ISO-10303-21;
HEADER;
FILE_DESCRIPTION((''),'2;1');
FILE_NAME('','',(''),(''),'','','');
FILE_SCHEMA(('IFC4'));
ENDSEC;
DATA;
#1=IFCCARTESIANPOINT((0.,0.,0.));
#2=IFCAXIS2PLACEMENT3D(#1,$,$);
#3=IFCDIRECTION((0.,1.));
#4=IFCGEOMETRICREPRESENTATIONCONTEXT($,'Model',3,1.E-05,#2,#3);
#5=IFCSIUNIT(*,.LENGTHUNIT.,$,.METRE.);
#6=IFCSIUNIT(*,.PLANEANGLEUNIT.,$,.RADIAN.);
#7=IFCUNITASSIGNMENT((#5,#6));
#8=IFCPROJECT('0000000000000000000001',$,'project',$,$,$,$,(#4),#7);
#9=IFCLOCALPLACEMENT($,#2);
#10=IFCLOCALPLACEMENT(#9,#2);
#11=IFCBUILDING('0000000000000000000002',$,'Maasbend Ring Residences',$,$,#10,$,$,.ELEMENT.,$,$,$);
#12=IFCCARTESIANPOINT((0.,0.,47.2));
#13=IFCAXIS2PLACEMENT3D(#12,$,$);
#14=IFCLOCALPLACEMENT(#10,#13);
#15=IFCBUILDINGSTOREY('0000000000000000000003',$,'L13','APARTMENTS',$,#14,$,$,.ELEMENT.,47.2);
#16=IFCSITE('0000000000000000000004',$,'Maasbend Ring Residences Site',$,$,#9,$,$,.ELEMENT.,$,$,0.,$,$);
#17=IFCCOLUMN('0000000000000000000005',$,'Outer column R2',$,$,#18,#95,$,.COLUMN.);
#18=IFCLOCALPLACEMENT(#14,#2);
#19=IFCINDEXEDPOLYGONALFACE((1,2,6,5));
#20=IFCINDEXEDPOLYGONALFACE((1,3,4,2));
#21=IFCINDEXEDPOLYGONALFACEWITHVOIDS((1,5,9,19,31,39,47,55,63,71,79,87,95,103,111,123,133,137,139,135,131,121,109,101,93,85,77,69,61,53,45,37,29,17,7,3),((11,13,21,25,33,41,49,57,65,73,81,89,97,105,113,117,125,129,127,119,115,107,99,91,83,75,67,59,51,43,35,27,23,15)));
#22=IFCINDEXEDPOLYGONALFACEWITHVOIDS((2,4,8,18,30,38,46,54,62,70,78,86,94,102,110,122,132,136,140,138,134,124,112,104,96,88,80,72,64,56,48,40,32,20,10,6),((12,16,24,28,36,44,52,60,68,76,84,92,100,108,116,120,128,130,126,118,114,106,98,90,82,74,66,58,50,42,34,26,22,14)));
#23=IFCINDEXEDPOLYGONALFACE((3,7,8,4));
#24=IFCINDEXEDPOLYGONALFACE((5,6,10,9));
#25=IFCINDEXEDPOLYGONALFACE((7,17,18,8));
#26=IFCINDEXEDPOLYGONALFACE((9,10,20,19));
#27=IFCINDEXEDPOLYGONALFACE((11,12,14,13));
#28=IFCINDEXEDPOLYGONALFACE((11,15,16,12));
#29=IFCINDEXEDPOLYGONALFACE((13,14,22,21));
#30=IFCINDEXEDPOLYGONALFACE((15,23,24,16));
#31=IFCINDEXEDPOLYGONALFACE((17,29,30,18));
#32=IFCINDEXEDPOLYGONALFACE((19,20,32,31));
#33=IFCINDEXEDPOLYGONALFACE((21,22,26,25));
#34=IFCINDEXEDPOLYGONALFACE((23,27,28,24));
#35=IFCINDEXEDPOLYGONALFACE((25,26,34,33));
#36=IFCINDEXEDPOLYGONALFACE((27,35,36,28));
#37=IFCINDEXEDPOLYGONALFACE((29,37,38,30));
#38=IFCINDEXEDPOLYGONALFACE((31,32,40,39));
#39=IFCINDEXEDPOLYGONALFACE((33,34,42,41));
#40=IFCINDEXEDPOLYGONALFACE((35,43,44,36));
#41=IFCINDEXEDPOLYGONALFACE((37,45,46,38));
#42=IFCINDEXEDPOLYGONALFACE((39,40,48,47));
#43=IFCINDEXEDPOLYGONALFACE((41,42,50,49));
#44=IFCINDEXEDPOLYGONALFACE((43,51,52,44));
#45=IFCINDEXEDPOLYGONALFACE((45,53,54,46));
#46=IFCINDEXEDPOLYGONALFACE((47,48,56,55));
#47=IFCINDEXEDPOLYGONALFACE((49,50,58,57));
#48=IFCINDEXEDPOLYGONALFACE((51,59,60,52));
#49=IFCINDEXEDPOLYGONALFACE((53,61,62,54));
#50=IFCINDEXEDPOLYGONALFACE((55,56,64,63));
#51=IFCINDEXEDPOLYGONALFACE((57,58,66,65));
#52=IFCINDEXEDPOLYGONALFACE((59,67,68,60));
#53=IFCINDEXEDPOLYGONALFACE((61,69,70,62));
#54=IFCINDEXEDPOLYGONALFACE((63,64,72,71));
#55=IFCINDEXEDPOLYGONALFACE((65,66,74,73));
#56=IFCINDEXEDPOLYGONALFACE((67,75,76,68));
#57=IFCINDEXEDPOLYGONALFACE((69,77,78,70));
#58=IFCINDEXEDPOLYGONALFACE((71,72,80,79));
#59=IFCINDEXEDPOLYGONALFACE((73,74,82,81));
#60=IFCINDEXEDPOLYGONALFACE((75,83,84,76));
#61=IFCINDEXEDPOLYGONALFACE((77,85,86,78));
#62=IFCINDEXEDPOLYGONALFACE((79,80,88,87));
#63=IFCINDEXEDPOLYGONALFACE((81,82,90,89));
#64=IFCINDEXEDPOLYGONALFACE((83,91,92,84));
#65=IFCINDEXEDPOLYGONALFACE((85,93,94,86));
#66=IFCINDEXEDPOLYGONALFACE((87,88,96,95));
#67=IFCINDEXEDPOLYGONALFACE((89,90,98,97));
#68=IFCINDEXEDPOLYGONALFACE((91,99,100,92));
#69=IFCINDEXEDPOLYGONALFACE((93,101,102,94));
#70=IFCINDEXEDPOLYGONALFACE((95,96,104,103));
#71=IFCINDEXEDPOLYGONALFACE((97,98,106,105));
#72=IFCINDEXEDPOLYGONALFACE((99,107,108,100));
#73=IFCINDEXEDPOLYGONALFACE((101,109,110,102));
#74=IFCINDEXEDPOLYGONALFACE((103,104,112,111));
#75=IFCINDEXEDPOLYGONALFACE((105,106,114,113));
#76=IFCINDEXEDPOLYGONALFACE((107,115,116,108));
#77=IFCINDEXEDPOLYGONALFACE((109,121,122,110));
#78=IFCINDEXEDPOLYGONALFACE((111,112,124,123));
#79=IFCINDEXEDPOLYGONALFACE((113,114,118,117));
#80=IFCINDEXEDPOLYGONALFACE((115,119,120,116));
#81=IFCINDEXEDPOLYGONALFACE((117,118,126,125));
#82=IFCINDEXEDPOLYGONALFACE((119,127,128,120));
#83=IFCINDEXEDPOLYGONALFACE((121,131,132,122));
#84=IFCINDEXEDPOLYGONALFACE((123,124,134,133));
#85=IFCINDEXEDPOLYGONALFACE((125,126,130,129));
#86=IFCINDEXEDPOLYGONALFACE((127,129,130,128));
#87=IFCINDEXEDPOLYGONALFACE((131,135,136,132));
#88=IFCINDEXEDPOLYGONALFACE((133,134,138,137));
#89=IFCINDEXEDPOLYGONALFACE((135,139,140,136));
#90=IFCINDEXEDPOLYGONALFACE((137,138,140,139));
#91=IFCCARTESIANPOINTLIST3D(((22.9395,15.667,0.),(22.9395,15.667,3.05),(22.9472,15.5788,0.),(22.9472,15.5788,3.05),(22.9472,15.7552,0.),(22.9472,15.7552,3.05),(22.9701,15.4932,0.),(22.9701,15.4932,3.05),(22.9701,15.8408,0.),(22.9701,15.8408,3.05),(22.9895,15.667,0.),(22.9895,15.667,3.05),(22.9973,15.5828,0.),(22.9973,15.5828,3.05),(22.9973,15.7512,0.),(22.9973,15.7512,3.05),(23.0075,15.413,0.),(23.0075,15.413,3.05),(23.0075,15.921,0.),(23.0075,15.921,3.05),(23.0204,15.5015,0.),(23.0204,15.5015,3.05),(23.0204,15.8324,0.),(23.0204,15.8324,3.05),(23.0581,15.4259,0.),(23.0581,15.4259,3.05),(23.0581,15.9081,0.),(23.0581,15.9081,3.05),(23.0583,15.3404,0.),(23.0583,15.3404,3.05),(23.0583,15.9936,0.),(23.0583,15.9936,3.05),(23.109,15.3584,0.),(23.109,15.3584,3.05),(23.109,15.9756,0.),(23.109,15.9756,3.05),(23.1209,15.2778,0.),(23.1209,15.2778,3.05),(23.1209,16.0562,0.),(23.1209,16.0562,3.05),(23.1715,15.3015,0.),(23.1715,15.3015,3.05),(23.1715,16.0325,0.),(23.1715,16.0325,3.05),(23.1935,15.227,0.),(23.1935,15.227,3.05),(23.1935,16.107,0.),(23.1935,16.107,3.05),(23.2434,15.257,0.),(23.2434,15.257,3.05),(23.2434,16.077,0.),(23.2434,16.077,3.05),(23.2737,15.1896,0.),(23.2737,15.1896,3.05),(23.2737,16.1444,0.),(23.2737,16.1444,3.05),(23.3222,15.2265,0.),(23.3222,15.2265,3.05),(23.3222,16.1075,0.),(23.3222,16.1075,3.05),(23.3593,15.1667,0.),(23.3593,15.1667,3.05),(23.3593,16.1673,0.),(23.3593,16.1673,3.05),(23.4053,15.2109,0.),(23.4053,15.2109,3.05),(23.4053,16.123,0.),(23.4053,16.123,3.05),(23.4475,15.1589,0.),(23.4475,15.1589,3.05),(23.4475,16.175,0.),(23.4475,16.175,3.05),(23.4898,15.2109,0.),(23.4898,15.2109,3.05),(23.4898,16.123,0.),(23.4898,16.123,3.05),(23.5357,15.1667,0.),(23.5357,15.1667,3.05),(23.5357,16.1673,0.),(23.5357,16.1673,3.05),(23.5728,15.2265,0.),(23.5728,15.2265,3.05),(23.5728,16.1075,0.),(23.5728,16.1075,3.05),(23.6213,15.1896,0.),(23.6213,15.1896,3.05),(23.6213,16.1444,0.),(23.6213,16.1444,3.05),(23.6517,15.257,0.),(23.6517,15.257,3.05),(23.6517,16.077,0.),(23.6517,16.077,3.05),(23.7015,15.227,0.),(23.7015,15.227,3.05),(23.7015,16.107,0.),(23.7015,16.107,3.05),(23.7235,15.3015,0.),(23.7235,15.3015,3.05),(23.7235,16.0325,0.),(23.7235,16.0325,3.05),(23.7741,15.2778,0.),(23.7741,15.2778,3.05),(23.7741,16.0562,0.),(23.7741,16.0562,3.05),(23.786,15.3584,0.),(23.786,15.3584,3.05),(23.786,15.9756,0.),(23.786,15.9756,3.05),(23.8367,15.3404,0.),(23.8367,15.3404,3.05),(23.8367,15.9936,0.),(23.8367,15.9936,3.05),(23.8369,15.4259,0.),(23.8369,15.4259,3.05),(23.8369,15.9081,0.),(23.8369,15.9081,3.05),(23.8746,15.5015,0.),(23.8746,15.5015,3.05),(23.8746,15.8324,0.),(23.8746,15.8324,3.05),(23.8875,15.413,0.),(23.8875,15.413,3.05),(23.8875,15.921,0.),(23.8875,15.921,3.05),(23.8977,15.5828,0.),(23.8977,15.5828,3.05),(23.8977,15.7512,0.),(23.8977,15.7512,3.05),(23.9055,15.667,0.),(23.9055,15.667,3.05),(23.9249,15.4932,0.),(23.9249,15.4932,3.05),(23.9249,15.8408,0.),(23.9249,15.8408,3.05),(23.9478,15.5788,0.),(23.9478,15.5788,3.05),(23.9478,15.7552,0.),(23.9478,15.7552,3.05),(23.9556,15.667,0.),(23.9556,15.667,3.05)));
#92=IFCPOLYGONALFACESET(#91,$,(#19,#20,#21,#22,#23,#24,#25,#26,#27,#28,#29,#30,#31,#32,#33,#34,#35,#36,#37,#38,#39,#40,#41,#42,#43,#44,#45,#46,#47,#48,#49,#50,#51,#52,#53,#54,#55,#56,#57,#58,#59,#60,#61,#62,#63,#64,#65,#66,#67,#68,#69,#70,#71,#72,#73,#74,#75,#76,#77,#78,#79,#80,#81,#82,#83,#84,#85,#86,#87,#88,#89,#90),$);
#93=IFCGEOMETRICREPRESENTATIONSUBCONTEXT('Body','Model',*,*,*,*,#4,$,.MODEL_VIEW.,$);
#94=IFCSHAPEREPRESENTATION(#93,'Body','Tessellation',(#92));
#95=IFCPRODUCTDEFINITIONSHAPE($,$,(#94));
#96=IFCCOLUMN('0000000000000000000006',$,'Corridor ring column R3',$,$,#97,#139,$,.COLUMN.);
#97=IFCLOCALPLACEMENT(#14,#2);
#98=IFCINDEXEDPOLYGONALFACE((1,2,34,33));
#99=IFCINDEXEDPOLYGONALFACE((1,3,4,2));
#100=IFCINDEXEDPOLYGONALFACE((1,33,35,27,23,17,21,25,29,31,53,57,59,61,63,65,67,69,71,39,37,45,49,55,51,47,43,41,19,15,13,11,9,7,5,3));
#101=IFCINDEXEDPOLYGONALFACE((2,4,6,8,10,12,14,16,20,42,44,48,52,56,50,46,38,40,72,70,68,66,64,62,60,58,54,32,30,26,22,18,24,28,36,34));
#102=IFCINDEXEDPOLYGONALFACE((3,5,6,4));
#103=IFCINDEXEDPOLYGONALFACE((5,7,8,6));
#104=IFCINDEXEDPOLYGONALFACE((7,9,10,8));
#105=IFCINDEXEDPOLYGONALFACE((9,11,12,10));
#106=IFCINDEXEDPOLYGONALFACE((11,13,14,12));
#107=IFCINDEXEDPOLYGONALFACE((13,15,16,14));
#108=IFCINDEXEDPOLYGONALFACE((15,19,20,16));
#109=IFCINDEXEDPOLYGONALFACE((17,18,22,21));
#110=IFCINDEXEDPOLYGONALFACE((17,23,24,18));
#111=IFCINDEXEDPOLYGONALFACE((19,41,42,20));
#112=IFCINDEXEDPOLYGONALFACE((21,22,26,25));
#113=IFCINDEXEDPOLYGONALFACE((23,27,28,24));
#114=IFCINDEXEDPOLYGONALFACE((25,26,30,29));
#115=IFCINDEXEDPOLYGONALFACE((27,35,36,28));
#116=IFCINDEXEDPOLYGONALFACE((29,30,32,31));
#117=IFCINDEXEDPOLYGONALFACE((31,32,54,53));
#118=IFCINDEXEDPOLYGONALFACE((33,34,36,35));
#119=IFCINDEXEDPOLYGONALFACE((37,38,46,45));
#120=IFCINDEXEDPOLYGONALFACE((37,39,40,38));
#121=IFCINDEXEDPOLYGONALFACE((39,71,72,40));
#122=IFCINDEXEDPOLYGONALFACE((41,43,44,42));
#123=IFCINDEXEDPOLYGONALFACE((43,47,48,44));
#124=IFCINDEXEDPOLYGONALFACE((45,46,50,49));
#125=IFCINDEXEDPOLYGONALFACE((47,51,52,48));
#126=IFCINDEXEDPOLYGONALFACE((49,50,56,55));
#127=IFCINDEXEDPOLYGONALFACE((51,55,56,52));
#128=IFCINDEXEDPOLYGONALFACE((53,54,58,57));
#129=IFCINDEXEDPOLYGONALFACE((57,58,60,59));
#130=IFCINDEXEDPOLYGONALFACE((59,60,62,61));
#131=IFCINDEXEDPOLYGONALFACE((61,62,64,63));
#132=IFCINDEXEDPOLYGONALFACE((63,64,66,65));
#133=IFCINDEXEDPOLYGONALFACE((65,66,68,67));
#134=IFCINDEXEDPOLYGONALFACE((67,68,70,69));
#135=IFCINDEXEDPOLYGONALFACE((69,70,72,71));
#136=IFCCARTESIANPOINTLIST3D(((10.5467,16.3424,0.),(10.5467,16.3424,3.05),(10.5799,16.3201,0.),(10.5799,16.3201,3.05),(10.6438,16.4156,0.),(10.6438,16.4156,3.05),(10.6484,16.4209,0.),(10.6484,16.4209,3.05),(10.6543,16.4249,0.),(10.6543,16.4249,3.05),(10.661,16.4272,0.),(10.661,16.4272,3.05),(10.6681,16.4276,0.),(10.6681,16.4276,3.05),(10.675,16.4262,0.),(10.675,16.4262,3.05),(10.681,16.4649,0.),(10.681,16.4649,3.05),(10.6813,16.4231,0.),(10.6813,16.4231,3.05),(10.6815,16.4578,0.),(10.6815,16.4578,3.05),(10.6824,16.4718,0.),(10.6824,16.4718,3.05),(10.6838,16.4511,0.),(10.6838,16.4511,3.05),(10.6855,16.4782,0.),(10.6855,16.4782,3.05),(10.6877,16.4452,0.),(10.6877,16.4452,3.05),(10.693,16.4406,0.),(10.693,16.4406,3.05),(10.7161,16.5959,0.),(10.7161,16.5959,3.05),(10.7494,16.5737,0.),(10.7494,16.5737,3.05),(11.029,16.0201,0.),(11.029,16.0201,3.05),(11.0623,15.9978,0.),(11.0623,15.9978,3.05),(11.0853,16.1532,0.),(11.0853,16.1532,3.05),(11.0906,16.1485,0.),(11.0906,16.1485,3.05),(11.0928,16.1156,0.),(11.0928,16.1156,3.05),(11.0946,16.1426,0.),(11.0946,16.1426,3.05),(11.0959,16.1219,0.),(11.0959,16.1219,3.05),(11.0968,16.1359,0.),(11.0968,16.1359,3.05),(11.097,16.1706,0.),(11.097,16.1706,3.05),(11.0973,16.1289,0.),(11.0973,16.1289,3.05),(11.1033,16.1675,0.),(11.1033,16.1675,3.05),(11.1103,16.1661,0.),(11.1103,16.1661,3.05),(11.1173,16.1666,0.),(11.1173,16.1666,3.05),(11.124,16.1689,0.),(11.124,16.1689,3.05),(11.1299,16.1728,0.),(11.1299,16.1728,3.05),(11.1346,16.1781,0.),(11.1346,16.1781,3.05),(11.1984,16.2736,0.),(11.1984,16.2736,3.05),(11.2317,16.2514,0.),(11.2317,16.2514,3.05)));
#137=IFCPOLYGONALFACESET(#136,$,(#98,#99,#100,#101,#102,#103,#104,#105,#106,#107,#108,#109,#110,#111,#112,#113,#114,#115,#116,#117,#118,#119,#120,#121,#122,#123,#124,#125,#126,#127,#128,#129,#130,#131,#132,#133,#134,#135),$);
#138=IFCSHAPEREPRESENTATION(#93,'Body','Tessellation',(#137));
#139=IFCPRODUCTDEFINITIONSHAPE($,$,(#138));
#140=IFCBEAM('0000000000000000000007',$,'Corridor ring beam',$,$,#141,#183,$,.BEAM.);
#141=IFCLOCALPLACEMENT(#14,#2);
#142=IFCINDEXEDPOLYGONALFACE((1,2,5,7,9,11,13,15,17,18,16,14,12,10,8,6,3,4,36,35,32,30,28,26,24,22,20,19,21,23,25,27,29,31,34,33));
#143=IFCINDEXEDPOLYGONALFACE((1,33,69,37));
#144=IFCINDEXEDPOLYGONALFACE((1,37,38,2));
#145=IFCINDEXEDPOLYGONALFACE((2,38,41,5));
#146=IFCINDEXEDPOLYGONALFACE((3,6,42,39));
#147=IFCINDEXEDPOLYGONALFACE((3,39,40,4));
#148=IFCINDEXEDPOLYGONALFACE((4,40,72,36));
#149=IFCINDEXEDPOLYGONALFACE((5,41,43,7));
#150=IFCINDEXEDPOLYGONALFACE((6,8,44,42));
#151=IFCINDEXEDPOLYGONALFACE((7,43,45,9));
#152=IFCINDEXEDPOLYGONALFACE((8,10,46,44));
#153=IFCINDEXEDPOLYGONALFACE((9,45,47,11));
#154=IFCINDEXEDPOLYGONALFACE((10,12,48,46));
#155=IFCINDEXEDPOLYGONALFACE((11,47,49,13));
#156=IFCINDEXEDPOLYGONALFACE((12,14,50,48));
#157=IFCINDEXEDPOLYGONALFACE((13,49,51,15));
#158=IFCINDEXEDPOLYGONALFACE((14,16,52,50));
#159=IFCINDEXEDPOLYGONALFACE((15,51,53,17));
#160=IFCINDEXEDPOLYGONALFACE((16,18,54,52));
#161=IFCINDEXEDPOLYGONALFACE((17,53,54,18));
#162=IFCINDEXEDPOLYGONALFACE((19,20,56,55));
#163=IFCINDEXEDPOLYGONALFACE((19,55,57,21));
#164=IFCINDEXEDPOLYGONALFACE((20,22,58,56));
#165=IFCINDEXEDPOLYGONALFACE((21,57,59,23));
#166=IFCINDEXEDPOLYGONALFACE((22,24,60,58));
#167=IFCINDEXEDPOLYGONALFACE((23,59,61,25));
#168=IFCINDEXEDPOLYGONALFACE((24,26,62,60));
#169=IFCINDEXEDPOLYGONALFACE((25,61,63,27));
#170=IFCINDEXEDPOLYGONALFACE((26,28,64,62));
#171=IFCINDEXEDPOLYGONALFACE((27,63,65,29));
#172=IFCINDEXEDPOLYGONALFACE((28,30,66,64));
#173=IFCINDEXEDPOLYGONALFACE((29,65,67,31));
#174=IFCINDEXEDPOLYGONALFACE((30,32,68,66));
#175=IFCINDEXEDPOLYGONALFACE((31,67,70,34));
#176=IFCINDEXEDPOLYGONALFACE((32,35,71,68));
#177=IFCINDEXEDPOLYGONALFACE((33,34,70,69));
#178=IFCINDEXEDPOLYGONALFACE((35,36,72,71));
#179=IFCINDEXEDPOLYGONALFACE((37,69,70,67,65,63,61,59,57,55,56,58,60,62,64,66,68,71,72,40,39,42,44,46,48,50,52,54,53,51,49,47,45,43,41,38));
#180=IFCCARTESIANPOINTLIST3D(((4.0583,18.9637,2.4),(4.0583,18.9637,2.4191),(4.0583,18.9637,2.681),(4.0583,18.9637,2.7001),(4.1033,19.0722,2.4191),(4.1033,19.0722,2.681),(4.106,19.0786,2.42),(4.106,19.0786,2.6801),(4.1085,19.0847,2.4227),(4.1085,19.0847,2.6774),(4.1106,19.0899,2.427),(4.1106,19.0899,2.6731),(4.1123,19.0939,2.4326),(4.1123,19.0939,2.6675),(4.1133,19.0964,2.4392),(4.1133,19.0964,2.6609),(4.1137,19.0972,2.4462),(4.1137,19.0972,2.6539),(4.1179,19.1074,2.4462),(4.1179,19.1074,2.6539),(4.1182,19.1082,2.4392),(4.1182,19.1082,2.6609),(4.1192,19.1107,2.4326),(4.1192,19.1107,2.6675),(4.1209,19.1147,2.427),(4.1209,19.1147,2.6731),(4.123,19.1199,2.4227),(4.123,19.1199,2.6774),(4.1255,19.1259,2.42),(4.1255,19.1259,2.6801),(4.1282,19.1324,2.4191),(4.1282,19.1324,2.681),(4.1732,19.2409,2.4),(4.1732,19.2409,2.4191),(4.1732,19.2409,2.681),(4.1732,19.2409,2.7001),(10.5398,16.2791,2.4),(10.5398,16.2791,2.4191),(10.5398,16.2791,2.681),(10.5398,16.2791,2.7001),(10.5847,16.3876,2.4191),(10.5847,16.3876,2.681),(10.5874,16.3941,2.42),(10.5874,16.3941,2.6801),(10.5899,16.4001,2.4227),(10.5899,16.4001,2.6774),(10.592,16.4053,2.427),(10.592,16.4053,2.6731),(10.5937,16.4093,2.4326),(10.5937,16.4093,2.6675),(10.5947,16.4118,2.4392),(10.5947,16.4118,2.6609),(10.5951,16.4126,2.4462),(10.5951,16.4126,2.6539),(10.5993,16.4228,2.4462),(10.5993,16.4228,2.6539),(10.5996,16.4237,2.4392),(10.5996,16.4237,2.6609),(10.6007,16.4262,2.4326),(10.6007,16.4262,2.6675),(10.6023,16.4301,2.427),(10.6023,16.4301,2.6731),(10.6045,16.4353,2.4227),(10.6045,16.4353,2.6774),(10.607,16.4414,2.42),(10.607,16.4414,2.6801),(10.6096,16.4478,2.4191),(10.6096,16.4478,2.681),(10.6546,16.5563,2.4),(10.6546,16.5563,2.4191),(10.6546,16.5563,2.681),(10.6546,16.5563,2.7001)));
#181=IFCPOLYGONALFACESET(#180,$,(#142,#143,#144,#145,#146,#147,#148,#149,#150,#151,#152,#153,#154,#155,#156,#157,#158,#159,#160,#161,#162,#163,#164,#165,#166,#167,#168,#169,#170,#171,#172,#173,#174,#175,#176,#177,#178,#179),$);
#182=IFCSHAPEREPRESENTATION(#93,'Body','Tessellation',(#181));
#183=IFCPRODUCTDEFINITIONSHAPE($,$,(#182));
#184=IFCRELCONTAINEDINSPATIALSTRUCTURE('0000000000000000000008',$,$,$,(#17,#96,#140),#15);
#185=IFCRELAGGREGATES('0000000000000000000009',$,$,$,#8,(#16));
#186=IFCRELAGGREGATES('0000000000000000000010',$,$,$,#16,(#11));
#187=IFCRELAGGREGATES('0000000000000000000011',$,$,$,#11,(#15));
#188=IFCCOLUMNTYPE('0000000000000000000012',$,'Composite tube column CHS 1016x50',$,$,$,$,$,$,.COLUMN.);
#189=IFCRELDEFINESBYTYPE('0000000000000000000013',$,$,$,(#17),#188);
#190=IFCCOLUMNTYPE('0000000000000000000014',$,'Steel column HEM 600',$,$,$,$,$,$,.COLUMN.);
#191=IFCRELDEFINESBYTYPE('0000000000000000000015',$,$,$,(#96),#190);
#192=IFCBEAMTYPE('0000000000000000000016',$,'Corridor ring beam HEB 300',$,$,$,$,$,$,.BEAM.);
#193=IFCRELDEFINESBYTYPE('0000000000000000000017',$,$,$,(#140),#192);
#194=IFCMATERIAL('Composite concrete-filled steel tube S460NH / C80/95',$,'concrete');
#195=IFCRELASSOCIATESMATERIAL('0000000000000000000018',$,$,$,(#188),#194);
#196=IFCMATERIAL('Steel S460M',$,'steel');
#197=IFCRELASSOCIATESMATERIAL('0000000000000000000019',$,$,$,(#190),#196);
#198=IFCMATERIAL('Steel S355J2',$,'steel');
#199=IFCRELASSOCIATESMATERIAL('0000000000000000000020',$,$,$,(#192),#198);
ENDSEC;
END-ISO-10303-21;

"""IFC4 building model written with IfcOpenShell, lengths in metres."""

from ifc_helpers import new_model, si_unit, direction, frame, origin, origin_2d, place, context, subcontext, project, spatial, hollow_circle, i_section, extrude, material, material_profile, profile_set, type_object, element, save


model = new_model("IFC4")

# Units and contexts
model_context = context("Model", 3, precision=1e-05, world=origin(), true_north=direction((0.0, 1.0)))
body_context = subcontext(model_context, "Body", "Model", "MODEL_VIEW")
ifc_project = project(units=[si_unit("LENGTHUNIT", "METRE"), si_unit("PLANEANGLEUNIT", "RADIAN")], contexts=[model_context])

# Site, building, storey
site_placement = place(None, origin())
site = spatial("IfcSite", under=ifc_project, at=site_placement, Name="Maasbend Ring Residences Site", CompositionType="ELEMENT", RefElevation=0.0)
building_placement = place(site_placement, origin())
building = spatial("IfcBuilding", under=site, at=building_placement, Name="Maasbend Ring Residences", CompositionType="ELEMENT")
storey_placement = place(building_placement, frame((0.0, 0.0, 47.2)))
storey = spatial("IfcBuildingStorey", under=building, at=storey_placement, Name="L13", Description="APARTMENTS", CompositionType="ELEMENT", Elevation=47.2)

# Columns
ifc_material_1 = material(Name="Composite concrete-filled steel tube S460NH / C80/95", Category="concrete")
ifc_material_profile_1 = material_profile(ifc_material_1, hollow_circle(Radius=0.5081, WallThickness=0.05, at=origin_2d()), Name="Composite tube column CHS 1016x50")
ifc_profile_set_1 = profile_set([ifc_material_profile_1], Name="Composite concrete-filled steel tube S460NH / C80/95")
column_type_1 = type_object("IfcColumnType", Name="Composite tube column CHS 1016x50", PredefinedType="COLUMN", material=ifc_profile_set_1)
column_1_placement = place(storey_placement, frame((23.4475, 15.667, 0.0), z_axis=(0.0, 0.0, 1.0), x_axis=(1.0, 0.0, 0.0)))
element("IfcColumn", 1, at=column_1_placement, inside=storey, type_object=column_type_1, Name="Outer column R2", PredefinedType="COLUMN", context=body_context, shape_type="SweptSolid", body=[
    extrude(hollow_circle(Radius=0.5081, WallThickness=0.05, at=origin_2d()), origin(), (0.0, 0.0, 1.0), 3.05),
])
ifc_material_2 = material(Name="Steel S460M", Category="steel")
ifc_material_profile_2 = material_profile(ifc_material_2, i_section(OverallWidth=0.3049, OverallDepth=0.6201, WebThickness=0.021, FlangeThickness=0.04, FilletRadius=0.0271, at=origin_2d()), Name="HEM 600")
ifc_profile_set_2 = profile_set([ifc_material_profile_2], Name="Steel S460M")
column_type_2 = type_object("IfcColumnType", Name="Steel column HEM 600", PredefinedType="COLUMN", material=ifc_profile_set_2)
column_2_placement = place(storey_placement, frame((10.8892, 16.2969, 0.0), z_axis=(0.0, 0.0, 1.0), x_axis=(0.55557, 0.83147, 0.0)))
element("IfcColumn", 2, at=column_2_placement, inside=storey, type_object=column_type_2, Name="Corridor ring column R3", PredefinedType="COLUMN", context=body_context, shape_type="SweptSolid", body=[
    extrude(i_section(OverallWidth=0.3049, OverallDepth=0.6201, WebThickness=0.021, FlangeThickness=0.04, FilletRadius=0.0271, at=origin_2d()), origin(), (0.0, 0.0, 1.0), 3.05),
])

# Beam
ifc_material_3 = material(Name="Steel S355J2", Category="steel")
ifc_material_profile_3 = material_profile(ifc_material_3, i_section(OverallWidth=0.3, OverallDepth=0.3, WebThickness=0.011, FlangeThickness=0.019, FilletRadius=0.0271, at=origin_2d()), Name="HEB 300")
ifc_profile_set_3 = profile_set([ifc_material_profile_3], Name="Steel S355J2")
beam_type_1 = type_object("IfcBeamType", Name="Corridor ring beam HEB 300", PredefinedType="BEAM", material=ifc_profile_set_3)
beam_1_placement = place(storey_placement, frame((10.5972, 16.4177, 2.55), z_axis=(-0.923886, 0.382667, 0.0), x_axis=(-0.382667, -0.923886, 0.0)))
element("IfcBeam", 3, at=beam_1_placement, inside=storey, type_object=beam_type_1, Name="Corridor ring beam", PredefinedType="BEAM", context=body_context, shape_type="SweptSolid", body=[
    extrude(i_section(OverallWidth=0.3, OverallDepth=0.3, WebThickness=0.011, FlangeThickness=0.019, FilletRadius=0.0271, at=origin_2d()), origin(), (0.0, 0.0, 1.0), 7.0154),
])

save(model, "model.ifc")
